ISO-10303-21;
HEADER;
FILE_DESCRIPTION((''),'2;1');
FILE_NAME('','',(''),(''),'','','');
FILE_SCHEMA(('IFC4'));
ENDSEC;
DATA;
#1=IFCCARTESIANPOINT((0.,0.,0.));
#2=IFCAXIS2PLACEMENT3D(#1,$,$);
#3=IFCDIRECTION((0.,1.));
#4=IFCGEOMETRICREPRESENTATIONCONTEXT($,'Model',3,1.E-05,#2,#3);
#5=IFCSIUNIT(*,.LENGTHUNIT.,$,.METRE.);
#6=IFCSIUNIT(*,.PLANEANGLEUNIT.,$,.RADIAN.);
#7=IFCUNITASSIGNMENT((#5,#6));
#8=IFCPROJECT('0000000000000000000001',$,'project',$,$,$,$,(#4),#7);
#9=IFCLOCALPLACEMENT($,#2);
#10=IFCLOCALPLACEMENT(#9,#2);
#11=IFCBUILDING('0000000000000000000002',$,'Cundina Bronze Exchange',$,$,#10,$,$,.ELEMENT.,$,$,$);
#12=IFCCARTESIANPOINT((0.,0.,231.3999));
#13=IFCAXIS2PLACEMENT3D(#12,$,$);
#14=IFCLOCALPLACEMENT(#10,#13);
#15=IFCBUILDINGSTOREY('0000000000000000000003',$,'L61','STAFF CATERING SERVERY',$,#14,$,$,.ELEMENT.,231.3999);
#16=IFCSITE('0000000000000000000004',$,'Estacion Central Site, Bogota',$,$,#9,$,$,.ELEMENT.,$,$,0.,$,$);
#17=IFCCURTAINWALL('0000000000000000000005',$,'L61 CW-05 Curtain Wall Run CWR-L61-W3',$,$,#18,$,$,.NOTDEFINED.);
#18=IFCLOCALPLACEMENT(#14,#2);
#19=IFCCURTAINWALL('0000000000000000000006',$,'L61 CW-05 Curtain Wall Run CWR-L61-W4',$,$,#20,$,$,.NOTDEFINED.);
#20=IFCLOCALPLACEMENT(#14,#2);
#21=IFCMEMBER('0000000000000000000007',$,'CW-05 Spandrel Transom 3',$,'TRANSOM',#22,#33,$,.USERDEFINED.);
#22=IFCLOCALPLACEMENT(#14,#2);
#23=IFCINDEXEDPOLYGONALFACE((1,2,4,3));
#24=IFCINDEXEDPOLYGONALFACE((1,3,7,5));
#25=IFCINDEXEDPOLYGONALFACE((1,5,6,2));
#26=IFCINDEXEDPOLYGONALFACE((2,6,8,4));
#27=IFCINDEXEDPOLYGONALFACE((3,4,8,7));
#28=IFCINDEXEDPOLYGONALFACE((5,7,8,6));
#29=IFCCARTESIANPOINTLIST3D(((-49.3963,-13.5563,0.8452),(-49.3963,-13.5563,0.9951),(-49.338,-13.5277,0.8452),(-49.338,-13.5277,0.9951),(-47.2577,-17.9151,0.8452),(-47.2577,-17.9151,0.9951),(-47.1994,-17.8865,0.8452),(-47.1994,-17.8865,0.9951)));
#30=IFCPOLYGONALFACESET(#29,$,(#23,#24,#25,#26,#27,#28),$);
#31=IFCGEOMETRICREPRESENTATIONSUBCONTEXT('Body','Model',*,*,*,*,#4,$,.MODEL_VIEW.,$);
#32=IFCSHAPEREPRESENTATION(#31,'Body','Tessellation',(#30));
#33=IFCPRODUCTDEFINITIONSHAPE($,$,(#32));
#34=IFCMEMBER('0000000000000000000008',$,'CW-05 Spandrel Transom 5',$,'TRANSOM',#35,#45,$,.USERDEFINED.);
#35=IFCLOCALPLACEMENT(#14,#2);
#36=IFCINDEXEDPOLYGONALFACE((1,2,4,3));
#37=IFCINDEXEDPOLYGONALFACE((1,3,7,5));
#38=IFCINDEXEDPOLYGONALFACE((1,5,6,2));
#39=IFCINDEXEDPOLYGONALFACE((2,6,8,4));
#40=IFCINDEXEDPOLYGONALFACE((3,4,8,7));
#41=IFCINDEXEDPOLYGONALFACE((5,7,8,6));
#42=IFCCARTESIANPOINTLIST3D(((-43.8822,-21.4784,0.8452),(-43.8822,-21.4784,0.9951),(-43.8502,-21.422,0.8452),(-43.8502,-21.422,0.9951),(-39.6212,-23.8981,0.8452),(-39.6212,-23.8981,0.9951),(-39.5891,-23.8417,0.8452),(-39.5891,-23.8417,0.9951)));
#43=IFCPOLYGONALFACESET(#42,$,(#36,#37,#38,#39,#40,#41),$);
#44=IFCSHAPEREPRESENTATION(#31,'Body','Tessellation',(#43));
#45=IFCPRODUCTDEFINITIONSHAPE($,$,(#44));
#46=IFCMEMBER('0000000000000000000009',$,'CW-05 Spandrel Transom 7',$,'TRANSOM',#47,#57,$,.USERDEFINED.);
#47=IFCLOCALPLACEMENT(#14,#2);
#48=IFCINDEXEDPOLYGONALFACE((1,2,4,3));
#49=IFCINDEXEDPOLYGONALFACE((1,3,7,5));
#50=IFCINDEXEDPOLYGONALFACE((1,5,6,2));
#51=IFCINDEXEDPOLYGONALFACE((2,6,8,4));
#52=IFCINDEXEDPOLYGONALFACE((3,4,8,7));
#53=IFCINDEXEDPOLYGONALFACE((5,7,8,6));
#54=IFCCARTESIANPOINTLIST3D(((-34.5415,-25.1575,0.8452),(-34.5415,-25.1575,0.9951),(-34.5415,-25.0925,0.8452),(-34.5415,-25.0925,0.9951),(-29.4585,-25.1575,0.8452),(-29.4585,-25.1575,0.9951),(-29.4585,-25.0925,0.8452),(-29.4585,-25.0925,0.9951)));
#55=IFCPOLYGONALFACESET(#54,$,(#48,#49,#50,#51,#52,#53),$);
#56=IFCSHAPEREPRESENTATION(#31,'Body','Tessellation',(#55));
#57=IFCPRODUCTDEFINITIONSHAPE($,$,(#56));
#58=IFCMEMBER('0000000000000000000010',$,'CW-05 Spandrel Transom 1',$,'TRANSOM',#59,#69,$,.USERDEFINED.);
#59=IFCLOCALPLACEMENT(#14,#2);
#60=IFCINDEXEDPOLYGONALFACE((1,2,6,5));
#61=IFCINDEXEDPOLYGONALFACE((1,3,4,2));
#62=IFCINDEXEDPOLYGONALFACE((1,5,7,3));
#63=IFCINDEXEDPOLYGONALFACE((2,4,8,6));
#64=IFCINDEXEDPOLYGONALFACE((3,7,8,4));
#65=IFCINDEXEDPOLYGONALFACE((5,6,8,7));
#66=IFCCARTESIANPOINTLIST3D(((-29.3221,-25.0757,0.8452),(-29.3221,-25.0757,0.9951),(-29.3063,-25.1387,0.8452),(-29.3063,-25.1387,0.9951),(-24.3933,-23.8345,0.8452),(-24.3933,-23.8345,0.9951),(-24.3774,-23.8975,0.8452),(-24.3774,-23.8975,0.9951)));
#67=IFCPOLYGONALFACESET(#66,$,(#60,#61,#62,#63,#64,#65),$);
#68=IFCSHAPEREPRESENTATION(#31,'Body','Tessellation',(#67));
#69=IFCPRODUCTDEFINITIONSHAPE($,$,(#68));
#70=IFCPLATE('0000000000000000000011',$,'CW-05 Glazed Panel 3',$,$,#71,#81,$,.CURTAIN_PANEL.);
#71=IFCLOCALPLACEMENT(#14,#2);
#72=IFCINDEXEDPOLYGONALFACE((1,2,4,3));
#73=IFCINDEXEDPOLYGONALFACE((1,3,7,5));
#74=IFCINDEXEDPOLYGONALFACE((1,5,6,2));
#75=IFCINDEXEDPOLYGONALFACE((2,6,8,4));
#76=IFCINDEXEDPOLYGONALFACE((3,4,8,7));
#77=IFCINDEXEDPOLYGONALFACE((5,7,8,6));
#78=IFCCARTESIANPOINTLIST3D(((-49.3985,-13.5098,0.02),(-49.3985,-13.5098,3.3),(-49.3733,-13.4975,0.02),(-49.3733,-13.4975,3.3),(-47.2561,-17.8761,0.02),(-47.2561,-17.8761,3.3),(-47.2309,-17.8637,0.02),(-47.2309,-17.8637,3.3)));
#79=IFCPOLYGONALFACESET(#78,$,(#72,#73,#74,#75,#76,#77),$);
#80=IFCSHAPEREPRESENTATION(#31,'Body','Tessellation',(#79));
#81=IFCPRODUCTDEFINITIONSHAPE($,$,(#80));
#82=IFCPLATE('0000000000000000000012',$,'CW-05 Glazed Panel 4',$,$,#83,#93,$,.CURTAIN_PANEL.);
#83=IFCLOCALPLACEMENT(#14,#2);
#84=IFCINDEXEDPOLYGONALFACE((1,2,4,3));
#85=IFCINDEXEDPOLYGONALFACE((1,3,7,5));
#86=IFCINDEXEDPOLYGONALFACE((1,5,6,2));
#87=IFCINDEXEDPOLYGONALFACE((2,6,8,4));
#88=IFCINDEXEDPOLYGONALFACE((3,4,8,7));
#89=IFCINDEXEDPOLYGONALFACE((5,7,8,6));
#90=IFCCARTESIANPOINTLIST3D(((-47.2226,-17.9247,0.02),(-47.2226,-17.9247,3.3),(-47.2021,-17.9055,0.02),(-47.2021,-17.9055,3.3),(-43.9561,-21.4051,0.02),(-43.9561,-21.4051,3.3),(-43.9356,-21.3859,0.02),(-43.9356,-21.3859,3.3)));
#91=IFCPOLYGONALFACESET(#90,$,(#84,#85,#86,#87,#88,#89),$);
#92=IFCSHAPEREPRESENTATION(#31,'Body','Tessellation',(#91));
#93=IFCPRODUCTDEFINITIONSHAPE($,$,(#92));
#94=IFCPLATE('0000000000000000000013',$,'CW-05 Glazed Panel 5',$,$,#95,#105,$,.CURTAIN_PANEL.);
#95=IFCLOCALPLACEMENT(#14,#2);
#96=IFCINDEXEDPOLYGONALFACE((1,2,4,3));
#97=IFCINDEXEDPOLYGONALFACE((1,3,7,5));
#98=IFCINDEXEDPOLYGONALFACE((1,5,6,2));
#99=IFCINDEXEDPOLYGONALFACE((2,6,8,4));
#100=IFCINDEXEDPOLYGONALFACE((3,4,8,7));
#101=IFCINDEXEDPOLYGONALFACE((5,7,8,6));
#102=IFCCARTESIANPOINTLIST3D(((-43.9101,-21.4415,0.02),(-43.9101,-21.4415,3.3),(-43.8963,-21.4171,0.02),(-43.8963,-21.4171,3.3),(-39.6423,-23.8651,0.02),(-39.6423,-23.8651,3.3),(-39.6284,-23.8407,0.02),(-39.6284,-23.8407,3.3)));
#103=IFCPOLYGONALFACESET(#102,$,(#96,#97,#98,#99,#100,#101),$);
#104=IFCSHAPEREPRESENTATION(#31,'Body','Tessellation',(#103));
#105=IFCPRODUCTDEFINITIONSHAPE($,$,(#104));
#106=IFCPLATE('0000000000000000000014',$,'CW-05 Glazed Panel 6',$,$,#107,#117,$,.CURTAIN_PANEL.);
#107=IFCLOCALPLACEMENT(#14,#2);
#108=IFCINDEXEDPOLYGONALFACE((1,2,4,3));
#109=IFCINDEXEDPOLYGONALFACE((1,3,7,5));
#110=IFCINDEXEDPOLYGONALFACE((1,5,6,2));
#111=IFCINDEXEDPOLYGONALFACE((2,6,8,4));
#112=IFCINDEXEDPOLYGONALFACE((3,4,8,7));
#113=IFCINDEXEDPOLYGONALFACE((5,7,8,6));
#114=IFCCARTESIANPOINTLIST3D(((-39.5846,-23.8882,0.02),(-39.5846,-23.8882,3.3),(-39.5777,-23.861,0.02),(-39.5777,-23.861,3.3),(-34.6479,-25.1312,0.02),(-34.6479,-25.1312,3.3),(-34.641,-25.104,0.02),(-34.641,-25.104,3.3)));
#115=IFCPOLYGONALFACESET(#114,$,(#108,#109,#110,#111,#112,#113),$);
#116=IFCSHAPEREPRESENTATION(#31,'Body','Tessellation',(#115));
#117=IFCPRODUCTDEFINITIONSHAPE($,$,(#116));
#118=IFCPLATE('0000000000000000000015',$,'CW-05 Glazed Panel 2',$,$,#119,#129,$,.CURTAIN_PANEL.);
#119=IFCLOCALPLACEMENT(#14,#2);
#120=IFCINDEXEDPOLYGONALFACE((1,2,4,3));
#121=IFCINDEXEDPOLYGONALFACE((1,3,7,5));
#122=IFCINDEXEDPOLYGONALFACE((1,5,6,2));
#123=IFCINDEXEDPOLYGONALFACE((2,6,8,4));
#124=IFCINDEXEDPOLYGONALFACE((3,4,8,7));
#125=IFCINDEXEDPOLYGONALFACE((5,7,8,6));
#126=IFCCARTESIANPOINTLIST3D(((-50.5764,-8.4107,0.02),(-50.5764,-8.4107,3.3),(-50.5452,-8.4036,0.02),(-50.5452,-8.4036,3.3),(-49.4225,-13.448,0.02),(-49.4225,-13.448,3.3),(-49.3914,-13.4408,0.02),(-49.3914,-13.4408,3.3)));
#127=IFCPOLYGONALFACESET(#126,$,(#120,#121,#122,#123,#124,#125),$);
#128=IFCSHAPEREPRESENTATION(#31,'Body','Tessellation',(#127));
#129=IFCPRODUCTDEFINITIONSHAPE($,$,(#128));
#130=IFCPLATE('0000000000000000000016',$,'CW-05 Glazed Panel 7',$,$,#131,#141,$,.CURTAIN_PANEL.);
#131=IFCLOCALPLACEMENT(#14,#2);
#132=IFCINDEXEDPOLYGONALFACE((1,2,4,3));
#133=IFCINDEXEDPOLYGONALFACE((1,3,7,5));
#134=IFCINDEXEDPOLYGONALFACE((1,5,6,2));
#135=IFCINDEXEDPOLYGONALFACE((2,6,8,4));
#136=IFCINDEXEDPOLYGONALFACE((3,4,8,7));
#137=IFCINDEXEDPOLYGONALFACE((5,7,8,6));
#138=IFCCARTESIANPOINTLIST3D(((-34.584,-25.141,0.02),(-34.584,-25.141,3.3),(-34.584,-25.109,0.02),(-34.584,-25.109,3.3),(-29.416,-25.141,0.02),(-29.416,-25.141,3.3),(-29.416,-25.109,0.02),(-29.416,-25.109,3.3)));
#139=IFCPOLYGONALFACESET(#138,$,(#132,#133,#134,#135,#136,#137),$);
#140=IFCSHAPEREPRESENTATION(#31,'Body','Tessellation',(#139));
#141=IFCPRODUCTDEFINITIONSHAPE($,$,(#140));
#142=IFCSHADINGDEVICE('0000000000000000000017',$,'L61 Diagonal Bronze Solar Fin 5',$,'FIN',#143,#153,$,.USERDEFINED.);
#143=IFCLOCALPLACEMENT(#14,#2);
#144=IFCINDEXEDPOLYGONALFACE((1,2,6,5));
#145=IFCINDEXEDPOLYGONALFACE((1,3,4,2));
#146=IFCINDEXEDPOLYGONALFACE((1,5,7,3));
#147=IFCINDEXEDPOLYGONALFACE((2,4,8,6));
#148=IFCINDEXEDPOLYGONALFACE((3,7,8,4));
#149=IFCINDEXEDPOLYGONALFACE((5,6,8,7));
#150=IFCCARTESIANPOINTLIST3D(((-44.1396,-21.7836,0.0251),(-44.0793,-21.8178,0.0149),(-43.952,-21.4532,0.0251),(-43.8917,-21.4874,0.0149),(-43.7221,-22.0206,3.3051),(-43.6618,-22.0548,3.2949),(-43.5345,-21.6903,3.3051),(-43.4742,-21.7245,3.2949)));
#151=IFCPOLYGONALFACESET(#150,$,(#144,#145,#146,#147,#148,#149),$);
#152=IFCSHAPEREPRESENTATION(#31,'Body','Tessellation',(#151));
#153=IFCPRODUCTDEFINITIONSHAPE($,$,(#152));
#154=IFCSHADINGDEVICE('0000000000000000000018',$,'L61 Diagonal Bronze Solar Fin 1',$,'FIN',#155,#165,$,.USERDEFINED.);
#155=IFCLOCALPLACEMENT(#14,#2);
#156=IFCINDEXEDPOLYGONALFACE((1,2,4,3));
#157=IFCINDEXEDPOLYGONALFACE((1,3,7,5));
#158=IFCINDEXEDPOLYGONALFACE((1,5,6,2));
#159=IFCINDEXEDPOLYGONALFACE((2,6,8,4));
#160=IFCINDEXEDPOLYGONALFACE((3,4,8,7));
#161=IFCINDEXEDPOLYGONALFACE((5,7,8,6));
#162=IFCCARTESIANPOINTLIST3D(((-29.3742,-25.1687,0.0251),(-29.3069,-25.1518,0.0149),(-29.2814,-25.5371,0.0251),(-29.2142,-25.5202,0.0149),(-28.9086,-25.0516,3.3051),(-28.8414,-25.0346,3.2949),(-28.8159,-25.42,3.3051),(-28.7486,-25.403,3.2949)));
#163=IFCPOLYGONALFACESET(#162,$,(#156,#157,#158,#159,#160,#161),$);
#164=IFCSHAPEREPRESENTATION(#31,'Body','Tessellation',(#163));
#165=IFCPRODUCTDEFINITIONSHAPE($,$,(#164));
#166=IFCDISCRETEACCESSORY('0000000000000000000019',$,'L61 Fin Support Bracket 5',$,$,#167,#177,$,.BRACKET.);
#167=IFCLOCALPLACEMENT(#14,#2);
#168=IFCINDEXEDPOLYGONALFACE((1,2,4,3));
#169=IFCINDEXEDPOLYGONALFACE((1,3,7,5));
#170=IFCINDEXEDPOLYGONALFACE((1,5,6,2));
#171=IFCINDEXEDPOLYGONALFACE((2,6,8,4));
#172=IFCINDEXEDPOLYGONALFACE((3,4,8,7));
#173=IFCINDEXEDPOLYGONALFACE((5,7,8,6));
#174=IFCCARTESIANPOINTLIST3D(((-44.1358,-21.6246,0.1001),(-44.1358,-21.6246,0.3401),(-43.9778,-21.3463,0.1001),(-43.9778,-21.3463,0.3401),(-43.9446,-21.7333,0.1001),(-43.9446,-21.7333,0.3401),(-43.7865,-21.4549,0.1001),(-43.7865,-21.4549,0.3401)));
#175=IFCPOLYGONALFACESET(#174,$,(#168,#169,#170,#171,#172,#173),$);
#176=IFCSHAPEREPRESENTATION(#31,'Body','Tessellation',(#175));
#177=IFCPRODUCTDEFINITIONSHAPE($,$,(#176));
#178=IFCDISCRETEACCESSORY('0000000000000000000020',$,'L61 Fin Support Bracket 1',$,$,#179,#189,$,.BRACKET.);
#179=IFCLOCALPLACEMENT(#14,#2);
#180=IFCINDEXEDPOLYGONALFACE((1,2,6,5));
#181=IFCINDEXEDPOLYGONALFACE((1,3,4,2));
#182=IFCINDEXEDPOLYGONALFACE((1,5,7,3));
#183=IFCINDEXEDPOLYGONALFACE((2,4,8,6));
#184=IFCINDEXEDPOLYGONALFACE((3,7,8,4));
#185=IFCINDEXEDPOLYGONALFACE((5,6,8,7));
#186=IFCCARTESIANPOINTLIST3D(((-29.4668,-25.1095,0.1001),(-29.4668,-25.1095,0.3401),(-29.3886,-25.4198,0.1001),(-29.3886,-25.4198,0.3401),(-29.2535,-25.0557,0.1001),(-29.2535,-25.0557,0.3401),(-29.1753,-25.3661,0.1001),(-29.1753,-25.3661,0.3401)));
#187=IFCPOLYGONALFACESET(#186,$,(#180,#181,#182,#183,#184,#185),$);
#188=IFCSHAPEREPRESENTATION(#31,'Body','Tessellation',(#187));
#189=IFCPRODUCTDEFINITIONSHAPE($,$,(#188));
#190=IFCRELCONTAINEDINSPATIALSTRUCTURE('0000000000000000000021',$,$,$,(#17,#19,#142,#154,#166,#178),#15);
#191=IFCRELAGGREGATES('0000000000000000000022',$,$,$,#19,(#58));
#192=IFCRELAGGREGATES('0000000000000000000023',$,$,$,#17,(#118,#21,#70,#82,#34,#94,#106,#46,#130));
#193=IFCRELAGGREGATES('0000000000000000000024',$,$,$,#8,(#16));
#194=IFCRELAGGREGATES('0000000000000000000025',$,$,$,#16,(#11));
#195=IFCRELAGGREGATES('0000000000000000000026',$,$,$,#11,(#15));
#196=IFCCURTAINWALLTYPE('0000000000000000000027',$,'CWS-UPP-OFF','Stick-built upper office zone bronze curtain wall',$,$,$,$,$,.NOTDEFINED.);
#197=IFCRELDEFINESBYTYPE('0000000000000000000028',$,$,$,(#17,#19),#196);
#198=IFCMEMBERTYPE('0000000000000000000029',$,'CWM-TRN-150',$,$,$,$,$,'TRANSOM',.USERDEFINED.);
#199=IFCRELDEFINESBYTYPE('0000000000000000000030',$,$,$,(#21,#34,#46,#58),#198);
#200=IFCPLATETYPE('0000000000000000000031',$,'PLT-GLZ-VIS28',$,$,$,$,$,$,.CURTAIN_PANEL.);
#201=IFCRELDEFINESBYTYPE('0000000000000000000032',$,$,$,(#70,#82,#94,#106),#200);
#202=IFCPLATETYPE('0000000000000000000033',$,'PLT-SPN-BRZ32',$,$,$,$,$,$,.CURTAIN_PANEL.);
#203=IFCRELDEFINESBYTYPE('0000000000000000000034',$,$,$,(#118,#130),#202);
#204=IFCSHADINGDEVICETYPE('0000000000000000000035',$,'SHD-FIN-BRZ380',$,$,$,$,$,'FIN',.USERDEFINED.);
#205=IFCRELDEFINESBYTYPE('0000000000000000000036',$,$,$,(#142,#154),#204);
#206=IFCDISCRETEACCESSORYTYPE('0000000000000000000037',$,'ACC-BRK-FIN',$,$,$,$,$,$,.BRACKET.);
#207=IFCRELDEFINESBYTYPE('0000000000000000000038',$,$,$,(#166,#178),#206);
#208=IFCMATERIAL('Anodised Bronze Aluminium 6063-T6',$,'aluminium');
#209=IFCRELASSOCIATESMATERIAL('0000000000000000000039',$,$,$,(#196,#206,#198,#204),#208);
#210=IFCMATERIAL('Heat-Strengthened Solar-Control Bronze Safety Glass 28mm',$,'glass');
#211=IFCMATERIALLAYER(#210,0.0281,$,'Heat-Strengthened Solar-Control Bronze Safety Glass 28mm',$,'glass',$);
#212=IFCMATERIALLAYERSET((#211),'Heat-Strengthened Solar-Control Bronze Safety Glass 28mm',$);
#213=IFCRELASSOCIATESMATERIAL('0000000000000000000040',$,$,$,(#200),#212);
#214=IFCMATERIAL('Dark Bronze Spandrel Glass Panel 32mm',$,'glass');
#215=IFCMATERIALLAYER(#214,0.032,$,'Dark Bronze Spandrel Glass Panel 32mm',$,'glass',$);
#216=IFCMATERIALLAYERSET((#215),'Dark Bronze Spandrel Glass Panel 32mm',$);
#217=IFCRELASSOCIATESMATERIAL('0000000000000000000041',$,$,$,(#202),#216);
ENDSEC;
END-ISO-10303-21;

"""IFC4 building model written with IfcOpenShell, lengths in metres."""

from ifc_helpers import new_model, si_unit, direction, frame, origin, origin_2d, place, context, subcontext, project, spatial, rectangle, extrude, material, layer, layer_set, material_profile, profile_set, type_object, element, aggregate, save


model = new_model("IFC4")

# Units and contexts
model_context = context("Model", 3, precision=1e-05, world=origin(), true_north=direction((0.0, 1.0)))
body_context = subcontext(model_context, "Body", "Model", "MODEL_VIEW")
ifc_project = project(units=[si_unit("LENGTHUNIT", "METRE"), si_unit("PLANEANGLEUNIT", "RADIAN")], contexts=[model_context])

# Site, building, storey
site_placement = place(None, origin())
site = spatial("IfcSite", under=ifc_project, at=site_placement, Name="Estacion Central Site, Bogota", CompositionType="ELEMENT", RefElevation=0.0)
building_placement = place(site_placement, origin())
building = spatial("IfcBuilding", under=site, at=building_placement, Name="Cundina Bronze Exchange", CompositionType="ELEMENT")
storey_placement = place(building_placement, frame((0.0, 0.0, 231.3999)))
storey = spatial("IfcBuildingStorey", under=building, at=storey_placement, Name="L61", Description="STAFF CATERING SERVERY", CompositionType="ELEMENT", Elevation=231.3999)

# Curtain wall
ifc_material_1 = material(Name="Anodised Bronze Aluminium 6063-T6", Category="aluminium")
curtain_wall_type = type_object("IfcCurtainWallType", Name="CWS-UPP-OFF", Description="Stick-built upper office zone bronze curtain wall", PredefinedType="NOTDEFINED", material=ifc_material_1)
curtain_wall_1_placement = place(storey_placement, origin())
curtain_wall_1 = element("IfcCurtainWall", 1, at=curtain_wall_1_placement, inside=storey, type_object=curtain_wall_type, Name="L61 CW-05 Curtain Wall Run CWR-L61-W3", PredefinedType="NOTDEFINED")

# Curtain wall
curtain_wall_2_placement = place(storey_placement, origin())
curtain_wall_2 = element("IfcCurtainWall", 2, at=curtain_wall_2_placement, inside=storey, type_object=curtain_wall_type, Name="L61 CW-05 Curtain Wall Run CWR-L61-W4", PredefinedType="NOTDEFINED")

# Members
ifc_material_profile_1 = material_profile(ifc_material_1, rectangle(XDim=0.0649, YDim=0.1499, at=origin_2d()), Name="AL65X150", Category="aluminium")
ifc_profile_set_1 = profile_set([ifc_material_profile_1], Name="Anodised Bronze Aluminium 6063-T6")
member_type_1 = type_object("IfcMemberType", Name="CWM-TRN-150", ElementType="TRANSOM", PredefinedType="USERDEFINED", material=ifc_profile_set_1)
member_1_placement = place(storey_placement, frame((-49.3672, -13.542, 0.9202), z_axis=(0.440483, -0.897761, 0.0), x_axis=(0.897761, 0.440483, 0.0)))
member_1 = element("IfcMember", 3, at=member_1_placement, type_object=member_type_1, Name="CW-05 Spandrel Transom 3", ObjectType="TRANSOM", PredefinedType="USERDEFINED", context=body_context, shape_type="SweptSolid", body=[
    extrude(rectangle(XDim=0.0649, YDim=0.1499, at=origin_2d()), origin(), (0.0, 0.0, 1.0), 4.8552),
])
member_2_placement = place(storey_placement, frame((-43.8662, -21.4502, 0.9202), z_axis=(0.869574, -0.493803, 0.0), x_axis=(0.493803, 0.869574, 0.0)))
member_2 = element("IfcMember", 4, at=member_2_placement, type_object=member_type_1, Name="CW-05 Spandrel Transom 5", ObjectType="TRANSOM", PredefinedType="USERDEFINED", context=body_context, shape_type="SweptSolid", body=[
    extrude(rectangle(XDim=0.0649, YDim=0.1499, at=origin_2d()), origin(), (0.0, 0.0, 1.0), 4.9001),
])
member_3_placement = place(storey_placement, frame((-34.5415, -25.125, 0.9202), z_axis=(1.0, 0.0, 0.0), x_axis=(0.0, 1.0, 0.0)))
member_3 = element("IfcMember", 5, at=member_3_placement, type_object=member_type_1, Name="CW-05 Spandrel Transom 7", ObjectType="TRANSOM", PredefinedType="USERDEFINED", context=body_context, shape_type="SweptSolid", body=[
    extrude(rectangle(XDim=0.0649, YDim=0.1499, at=origin_2d()), origin(), (0.0, 0.0, 1.0), 5.083),
])
member_4_placement = place(storey_placement, frame((-29.3142, -25.1072, 0.9202), z_axis=(0.969726, 0.244197, 0.0), x_axis=(-0.244197, 0.969726, 0.0)))
member_4 = element("IfcMember", 6, at=member_4_placement, type_object=member_type_1, Name="CW-05 Spandrel Transom 1", ObjectType="TRANSOM", PredefinedType="USERDEFINED", context=body_context, shape_type="SweptSolid", body=[
    extrude(rectangle(XDim=0.0649, YDim=0.1499, at=origin_2d()), origin(), (0.0, 0.0, 1.0), 5.0828),
])
aggregate(curtain_wall_2, [member_4])

# Plates
ifc_material_2 = material(Name="Heat-Strengthened Solar-Control Bronze Safety Glass 28mm", Category="glass")
ifc_layer_1 = layer(ifc_material_2, 0.0281, Name="Heat-Strengthened Solar-Control Bronze Safety Glass 28mm", Category="glass")
ifc_layer_set_1 = layer_set([ifc_layer_1], Name="Heat-Strengthened Solar-Control Bronze Safety Glass 28mm")
plate_type_1 = type_object("IfcPlateType", Name="PLT-GLZ-VIS28", PredefinedType="CURTAIN_PANEL", material=ifc_layer_set_1)
plate_1_placement = place(storey_placement, frame((-48.3147, -15.6868, 0.02), z_axis=(0.0, 0.0, 1.0), x_axis=(0.440503, -0.897751, 0.0)))
plate_1 = element("IfcPlate", 7, at=plate_1_placement, type_object=plate_type_1, Name="CW-05 Glazed Panel 3", PredefinedType="CURTAIN_PANEL", context=body_context, shape_type="SweptSolid", body=[
    extrude(rectangle(XDim=4.8635, YDim=0.0281, at=origin_2d()), origin(), (0.0, 0.0, 1.0), 3.28),
])
plate_2_placement = place(storey_placement, frame((-45.5791, -19.6553, 0.02), z_axis=(0.0, 0.0, 1.0), x_axis=(0.684344, -0.72916, 0.0)))
plate_2 = element("IfcPlate", 8, at=plate_2_placement, type_object=plate_type_1, Name="CW-05 Glazed Panel 4", PredefinedType="CURTAIN_PANEL", context=body_context, shape_type="SweptSolid", body=[
    extrude(rectangle(XDim=4.7732, YDim=0.0281, at=origin_2d()), origin(), (0.0, 0.0, 1.0), 3.28),
])
plate_3_placement = place(storey_placement, frame((-41.7693, -22.6411, 0.02), z_axis=(0.0, 0.0, 1.0), x_axis=(0.869573, -0.493805, 0.0)))
plate_3 = element("IfcPlate", 9, at=plate_3_placement, type_object=plate_type_1, Name="CW-05 Glazed Panel 5", PredefinedType="CURTAIN_PANEL", context=body_context, shape_type="SweptSolid", body=[
    extrude(rectangle(XDim=4.908, YDim=0.0281, at=origin_2d()), origin(), (0.0, 0.0, 1.0), 3.28),
])
plate_4_placement = place(storey_placement, frame((-37.1128, -24.4961, 0.02), z_axis=(0.0, 0.0, 1.0), x_axis=(0.969732, -0.244174, 0.0)))
plate_4 = element("IfcPlate", 10, at=plate_4_placement, type_object=plate_type_1, Name="CW-05 Glazed Panel 6", PredefinedType="CURTAIN_PANEL", context=body_context, shape_type="SweptSolid", body=[
    extrude(rectangle(XDim=5.0908, YDim=0.0281, at=origin_2d()), origin(), (0.0, 0.0, 1.0), 3.28),
])
ifc_material_3 = material(Name="Dark Bronze Spandrel Glass Panel 32mm", Category="glass")
ifc_layer_2 = layer(ifc_material_3, 0.032, Name="Dark Bronze Spandrel Glass Panel 32mm", Category="glass")
ifc_layer_set_2 = layer_set([ifc_layer_2], Name="Dark Bronze Spandrel Glass Panel 32mm")
plate_type_2 = type_object("IfcPlateType", Name="PLT-SPN-BRZ32", PredefinedType="CURTAIN_PANEL", material=ifc_layer_set_2)
plate_5_placement = place(storey_placement, frame((-49.9839, -10.9258, 0.02), z_axis=(0.0, 0.0, 1.0), x_axis=(0.223284, -0.974753, 0.0)))
plate_5 = element("IfcPlate", 11, at=plate_5_placement, type_object=plate_type_2, Name="CW-05 Glazed Panel 2", PredefinedType="CURTAIN_PANEL", context=body_context, shape_type="SweptSolid", body=[
    extrude(rectangle(XDim=5.1677, YDim=0.032, at=origin_2d()), origin(), (0.0, 0.0, 1.0), 3.28),
])
plate_6_placement = place(storey_placement, frame((-32.0, -25.125, 0.02), z_axis=(0.0, 0.0, 1.0), x_axis=(1.0, 0.0, 0.0)))
plate_6 = element("IfcPlate", 12, at=plate_6_placement, type_object=plate_type_2, Name="CW-05 Glazed Panel 7", PredefinedType="CURTAIN_PANEL", context=body_context, shape_type="SweptSolid", body=[
    extrude(rectangle(XDim=5.168, YDim=0.032, at=origin_2d()), origin(), (0.0, 0.0, 1.0), 3.28),
])
aggregate(curtain_wall_1, [plate_5, member_1, plate_1, plate_2, member_2, plate_3, plate_4, member_3, plate_6])

# Shading devices
ifc_material_profile_2 = material_profile(ifc_material_1, rectangle(XDim=0.0701, YDim=0.3799, at=origin_2d()), Name="FIN70X380", Category="aluminium")
ifc_profile_set_2 = profile_set([ifc_material_profile_2], Name="Anodised Bronze Aluminium 6063-T6")
shading_device_type = type_object("IfcShadingDeviceType", Name="SHD-FIN-BRZ380", ElementType="FIN", PredefinedType="USERDEFINED", material=ifc_profile_set_2)
for number, where, z_axis, x_axis, name in (
    (13, (-44.0156, -21.6355, 0.02), (0.125938, -0.071512, 0.989457), (-0.860418, 0.488576, 0.144825), "L61 Diagonal Bronze Solar Fin 5"),
    (14, (-29.2942, -25.3445, 0.02), (0.140446, 0.035351, 0.989457), (-0.959528, -0.241517, 0.144827), "L61 Diagonal Bronze Solar Fin 1"),
):
    element("IfcShadingDevice", number, at=place(storey_placement, frame(where, z_axis=z_axis, x_axis=x_axis)), inside=storey, type_object=shading_device_type, Name=name, ObjectType="FIN", PredefinedType="USERDEFINED", context=body_context, shape_type="SweptSolid", body=[
        extrude(rectangle(XDim=0.0701, YDim=0.3799, at=origin_2d()), origin(), (0.0, 0.0, 1.0), 3.3149),
    ])

# Discrete accessories
discrete_accessory_type = type_object("IfcDiscreteAccessoryType", Name="ACC-BRK-FIN", PredefinedType="BRACKET", material=ifc_material_1)
for number, where, z_axis, x_axis, name in (
    (15, (-43.9612, -21.5398, 0.1001), (0.0, 0.0, 1.0), (0.869573, -0.493805, 0.0), "L61 Fin Support Bracket 5"),
    (16, (-29.321, -25.2378, 0.1001), (0.0, 0.0, 1.0), (0.969732, 0.244174, 0.0), "L61 Fin Support Bracket 1"),
):
    element("IfcDiscreteAccessory", number, at=place(storey_placement, frame(where, z_axis=z_axis, x_axis=x_axis)), inside=storey, type_object=discrete_accessory_type, Name=name, PredefinedType="BRACKET", context=body_context, shape_type="SweptSolid", body=[
        extrude(rectangle(XDim=0.22, YDim=0.3201, at=origin_2d()), origin(), (0.0, 0.0, 1.0), 0.24),
    ])

save(model, "model.ifc")
